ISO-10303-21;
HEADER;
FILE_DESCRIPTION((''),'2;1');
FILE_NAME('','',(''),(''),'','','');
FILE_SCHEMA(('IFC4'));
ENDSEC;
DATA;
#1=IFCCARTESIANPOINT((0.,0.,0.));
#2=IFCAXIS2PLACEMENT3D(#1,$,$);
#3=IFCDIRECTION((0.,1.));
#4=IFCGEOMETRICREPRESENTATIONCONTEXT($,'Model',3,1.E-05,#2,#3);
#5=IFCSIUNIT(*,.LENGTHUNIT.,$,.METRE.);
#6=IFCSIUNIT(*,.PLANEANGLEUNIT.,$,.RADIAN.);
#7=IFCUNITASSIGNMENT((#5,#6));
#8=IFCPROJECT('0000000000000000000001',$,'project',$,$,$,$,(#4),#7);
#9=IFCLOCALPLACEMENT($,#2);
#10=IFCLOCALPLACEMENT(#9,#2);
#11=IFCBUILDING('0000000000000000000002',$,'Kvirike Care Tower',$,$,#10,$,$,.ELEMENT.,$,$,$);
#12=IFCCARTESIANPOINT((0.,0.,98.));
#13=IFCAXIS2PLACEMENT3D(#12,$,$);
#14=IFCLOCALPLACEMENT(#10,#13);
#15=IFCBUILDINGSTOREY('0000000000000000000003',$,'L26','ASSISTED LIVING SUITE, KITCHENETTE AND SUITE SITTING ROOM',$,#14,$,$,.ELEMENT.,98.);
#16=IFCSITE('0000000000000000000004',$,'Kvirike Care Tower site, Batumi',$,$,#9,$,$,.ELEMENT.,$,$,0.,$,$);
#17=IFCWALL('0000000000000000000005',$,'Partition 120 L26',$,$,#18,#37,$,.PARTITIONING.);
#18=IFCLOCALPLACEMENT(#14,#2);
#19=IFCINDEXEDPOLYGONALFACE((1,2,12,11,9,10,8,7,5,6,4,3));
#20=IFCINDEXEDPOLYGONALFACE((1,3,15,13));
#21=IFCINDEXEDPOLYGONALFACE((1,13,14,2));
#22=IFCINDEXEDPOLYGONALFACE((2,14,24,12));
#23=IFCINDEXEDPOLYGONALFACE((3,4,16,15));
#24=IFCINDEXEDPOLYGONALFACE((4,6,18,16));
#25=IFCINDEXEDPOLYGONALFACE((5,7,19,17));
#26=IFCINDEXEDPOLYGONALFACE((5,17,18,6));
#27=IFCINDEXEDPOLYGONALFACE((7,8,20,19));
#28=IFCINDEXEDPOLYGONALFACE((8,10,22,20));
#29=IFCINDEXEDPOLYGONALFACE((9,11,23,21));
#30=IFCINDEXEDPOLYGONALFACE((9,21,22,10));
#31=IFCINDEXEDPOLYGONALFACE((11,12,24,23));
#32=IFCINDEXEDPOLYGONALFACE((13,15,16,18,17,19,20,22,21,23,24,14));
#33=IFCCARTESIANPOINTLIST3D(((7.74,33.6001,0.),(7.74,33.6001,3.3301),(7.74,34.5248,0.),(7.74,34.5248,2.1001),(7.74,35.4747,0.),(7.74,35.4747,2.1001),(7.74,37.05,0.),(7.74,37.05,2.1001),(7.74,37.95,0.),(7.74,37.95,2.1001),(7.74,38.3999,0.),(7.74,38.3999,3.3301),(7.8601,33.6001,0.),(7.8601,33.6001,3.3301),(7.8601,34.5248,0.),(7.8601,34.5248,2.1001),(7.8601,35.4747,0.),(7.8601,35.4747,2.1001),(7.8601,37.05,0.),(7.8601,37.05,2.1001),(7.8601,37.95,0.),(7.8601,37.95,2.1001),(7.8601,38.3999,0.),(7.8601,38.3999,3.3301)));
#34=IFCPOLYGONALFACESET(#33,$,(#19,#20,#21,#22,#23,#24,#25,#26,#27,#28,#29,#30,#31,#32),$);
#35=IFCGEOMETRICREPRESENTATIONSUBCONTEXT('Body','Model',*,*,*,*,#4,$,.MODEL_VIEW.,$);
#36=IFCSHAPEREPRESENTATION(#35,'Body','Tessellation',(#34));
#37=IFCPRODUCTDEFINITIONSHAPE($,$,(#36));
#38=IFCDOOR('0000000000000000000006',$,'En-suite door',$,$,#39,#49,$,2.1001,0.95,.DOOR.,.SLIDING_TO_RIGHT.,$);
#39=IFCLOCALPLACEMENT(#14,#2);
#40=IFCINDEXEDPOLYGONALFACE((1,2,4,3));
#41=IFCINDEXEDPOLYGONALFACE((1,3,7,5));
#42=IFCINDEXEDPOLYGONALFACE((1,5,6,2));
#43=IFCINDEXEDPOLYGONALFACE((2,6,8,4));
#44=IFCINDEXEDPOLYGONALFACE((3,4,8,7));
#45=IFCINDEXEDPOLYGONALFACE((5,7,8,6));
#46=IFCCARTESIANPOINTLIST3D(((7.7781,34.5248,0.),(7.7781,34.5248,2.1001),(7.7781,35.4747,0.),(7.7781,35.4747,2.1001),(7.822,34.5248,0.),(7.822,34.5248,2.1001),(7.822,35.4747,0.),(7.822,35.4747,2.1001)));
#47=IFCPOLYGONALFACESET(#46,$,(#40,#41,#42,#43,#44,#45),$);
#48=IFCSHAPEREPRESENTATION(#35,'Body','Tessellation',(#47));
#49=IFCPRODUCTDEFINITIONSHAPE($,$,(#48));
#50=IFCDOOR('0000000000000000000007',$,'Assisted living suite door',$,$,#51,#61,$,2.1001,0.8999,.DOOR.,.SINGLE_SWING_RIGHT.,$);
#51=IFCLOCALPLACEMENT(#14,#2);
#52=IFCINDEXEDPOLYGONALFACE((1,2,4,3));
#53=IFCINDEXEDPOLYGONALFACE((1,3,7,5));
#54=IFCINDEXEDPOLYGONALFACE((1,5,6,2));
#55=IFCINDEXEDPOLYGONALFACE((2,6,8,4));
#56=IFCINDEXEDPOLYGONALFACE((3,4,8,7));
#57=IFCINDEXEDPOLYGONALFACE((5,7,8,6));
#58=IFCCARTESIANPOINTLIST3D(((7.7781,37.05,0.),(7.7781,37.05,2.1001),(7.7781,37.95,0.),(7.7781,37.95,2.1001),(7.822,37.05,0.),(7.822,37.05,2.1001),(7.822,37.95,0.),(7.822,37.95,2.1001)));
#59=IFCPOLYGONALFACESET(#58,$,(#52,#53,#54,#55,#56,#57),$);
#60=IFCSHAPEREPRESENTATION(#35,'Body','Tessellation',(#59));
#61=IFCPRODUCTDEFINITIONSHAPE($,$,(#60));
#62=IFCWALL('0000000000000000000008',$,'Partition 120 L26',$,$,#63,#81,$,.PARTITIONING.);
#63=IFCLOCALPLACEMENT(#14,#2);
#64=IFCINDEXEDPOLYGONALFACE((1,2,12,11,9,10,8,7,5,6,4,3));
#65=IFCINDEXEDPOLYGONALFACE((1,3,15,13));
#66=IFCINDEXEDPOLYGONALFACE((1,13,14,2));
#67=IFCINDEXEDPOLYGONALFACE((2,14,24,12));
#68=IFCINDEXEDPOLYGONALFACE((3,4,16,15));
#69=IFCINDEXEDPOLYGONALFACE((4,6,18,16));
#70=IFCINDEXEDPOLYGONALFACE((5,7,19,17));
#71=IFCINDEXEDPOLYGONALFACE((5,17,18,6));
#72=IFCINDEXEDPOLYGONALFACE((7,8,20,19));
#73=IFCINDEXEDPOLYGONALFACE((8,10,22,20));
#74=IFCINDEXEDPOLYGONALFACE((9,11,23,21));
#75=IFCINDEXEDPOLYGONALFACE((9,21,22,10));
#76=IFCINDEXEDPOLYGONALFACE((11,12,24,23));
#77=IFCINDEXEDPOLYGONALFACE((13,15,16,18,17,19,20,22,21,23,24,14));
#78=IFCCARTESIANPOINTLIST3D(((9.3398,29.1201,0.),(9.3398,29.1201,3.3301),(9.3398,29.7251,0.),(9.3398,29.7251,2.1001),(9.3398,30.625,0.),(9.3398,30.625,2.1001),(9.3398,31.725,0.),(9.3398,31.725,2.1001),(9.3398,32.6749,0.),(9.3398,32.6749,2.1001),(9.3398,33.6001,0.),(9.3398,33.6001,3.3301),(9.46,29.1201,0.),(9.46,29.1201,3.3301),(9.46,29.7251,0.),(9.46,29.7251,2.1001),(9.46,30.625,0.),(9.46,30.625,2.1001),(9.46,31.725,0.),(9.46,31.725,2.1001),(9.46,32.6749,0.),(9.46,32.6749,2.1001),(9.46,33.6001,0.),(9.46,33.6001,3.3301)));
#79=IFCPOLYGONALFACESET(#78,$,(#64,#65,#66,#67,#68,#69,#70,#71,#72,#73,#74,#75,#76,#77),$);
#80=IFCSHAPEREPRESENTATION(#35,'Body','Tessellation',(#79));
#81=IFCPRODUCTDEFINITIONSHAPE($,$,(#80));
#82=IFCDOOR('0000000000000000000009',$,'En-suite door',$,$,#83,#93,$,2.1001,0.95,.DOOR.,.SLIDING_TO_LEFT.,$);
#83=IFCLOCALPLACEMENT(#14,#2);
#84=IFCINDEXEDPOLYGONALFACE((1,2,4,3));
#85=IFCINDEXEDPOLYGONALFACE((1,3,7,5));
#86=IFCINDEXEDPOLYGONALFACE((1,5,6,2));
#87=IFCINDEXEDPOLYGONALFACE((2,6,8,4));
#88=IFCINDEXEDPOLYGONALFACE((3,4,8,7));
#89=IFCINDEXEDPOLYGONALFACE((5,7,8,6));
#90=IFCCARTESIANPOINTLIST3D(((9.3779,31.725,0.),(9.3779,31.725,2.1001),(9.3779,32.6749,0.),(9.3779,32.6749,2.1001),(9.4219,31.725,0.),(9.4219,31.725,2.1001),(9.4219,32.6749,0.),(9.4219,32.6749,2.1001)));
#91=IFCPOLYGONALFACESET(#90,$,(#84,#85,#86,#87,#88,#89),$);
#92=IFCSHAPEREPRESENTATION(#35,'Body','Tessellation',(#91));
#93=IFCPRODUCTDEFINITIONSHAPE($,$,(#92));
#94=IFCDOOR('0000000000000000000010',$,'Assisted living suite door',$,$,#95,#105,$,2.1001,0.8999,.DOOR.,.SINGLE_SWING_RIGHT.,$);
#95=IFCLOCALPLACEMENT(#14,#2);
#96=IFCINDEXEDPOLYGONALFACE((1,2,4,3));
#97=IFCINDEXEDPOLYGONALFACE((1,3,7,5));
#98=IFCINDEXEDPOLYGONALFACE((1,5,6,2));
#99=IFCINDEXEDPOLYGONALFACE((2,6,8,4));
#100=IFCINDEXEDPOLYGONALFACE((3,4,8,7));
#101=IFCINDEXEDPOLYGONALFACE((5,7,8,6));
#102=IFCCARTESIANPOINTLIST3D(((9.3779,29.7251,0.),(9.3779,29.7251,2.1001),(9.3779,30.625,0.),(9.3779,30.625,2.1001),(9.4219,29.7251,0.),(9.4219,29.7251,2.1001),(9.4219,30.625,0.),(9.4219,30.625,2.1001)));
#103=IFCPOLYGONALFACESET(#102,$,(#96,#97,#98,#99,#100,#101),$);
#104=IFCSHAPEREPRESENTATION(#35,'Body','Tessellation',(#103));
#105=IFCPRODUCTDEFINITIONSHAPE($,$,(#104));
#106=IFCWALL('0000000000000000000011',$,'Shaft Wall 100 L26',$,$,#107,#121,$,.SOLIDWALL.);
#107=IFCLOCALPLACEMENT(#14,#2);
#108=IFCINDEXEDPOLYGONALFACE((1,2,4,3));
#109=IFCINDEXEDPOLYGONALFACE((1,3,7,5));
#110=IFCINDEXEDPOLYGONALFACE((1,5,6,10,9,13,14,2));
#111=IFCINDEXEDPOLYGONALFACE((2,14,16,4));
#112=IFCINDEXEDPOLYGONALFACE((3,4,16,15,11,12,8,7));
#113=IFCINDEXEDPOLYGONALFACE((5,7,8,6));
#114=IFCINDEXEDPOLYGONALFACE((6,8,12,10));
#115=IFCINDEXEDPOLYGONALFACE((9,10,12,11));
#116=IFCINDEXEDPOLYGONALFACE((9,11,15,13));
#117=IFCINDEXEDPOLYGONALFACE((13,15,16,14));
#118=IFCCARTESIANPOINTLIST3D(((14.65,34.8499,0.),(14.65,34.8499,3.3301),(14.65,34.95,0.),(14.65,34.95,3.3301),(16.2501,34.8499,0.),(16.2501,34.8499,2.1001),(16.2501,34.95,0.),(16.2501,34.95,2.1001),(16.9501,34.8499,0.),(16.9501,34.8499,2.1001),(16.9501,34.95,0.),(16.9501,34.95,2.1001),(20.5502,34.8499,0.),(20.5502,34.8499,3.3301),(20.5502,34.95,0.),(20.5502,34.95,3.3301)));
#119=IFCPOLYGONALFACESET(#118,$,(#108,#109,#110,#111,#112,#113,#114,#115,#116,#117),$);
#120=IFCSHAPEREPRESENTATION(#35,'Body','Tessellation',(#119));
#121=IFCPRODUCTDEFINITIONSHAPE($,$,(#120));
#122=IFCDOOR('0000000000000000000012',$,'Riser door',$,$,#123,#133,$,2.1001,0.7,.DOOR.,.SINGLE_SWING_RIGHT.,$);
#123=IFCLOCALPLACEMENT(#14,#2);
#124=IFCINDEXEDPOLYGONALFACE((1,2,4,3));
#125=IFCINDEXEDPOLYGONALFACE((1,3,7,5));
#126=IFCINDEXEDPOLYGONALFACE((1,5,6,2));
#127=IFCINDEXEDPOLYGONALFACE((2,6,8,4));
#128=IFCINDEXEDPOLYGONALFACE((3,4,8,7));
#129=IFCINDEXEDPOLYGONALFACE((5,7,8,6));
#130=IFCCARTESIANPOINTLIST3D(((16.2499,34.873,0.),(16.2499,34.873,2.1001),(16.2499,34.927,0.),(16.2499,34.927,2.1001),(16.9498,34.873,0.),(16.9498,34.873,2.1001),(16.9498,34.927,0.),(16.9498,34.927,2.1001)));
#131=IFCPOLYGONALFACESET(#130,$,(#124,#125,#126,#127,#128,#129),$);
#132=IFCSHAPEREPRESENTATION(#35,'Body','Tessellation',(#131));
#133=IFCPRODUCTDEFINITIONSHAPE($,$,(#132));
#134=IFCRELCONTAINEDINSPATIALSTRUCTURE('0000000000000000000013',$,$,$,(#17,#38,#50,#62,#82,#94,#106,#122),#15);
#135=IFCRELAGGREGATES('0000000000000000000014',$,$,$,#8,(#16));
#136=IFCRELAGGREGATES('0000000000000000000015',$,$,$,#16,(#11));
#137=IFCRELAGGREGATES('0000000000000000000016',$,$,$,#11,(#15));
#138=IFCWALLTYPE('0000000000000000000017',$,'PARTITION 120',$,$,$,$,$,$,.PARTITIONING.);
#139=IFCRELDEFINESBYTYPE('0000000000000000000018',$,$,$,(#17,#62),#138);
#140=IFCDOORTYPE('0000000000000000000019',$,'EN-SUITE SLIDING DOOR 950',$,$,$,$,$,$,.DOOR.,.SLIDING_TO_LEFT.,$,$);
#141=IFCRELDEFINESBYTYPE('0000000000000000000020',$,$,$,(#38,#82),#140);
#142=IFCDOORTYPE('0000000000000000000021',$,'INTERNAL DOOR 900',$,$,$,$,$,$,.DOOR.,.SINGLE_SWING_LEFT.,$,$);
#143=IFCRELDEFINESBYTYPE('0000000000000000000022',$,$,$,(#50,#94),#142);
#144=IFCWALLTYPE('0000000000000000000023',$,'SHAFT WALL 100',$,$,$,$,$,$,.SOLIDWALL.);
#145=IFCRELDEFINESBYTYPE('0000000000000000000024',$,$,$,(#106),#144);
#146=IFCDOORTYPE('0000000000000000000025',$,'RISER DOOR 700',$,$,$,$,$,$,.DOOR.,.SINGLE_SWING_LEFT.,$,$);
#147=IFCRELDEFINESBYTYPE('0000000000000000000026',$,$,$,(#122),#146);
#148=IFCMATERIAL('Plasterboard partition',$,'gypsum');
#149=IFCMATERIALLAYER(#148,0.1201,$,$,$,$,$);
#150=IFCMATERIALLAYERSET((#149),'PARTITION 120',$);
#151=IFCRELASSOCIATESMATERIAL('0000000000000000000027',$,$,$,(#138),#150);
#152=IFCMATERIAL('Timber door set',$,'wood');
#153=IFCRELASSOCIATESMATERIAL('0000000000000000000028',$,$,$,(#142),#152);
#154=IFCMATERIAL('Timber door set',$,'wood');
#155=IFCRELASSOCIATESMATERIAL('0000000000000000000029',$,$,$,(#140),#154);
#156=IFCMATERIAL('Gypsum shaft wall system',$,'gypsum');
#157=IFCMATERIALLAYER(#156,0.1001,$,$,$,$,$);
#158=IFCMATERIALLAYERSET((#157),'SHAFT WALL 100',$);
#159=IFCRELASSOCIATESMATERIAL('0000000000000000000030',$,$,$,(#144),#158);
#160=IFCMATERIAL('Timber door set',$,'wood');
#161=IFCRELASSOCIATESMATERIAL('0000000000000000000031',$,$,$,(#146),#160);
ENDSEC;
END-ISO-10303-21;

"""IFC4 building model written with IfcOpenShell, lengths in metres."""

from ifc_helpers import new_model, si_unit, direction, frame, frame_2d, origin, place, context, subcontext, project, spatial, rectangle, extrude, material, layer, layer_set, type_object, element, fill, save


model = new_model("IFC4")

# Units and contexts
model_context = context("Model", 3, precision=1e-05, world=origin(), true_north=direction((0.0, 1.0)))
body_context = subcontext(model_context, "Body", "Model", "MODEL_VIEW")
ifc_project = project(units=[si_unit("LENGTHUNIT", "METRE"), si_unit("PLANEANGLEUNIT", "RADIAN")], contexts=[model_context])

# Site, building, storey
site_placement = place(None, origin())
site = spatial("IfcSite", under=ifc_project, at=site_placement, Name="Kvirike Care Tower site, Batumi", CompositionType="ELEMENT", RefElevation=0.0)
building_placement = place(site_placement, origin())
building = spatial("IfcBuilding", under=site, at=building_placement, Name="Kvirike Care Tower", CompositionType="ELEMENT")
storey_placement = place(building_placement, frame((0.0, 0.0, 98.0)))
storey = spatial("IfcBuildingStorey", under=building, at=storey_placement, Name="L26", Description="ASSISTED LIVING SUITE, KITCHENETTE AND SUITE SITTING ROOM", CompositionType="ELEMENT", Elevation=98.0)

# Shared definitions
ifc_material_1 = material(Name="Plasterboard partition", Category="gypsum")
ifc_layer_1 = layer(ifc_material_1, 0.1201)
ifc_layer_set_1 = layer_set([ifc_layer_1], Name="PARTITION 120")
wall_type_1 = type_object("IfcWallType", Name="PARTITION 120", PredefinedType="PARTITIONING", material=ifc_layer_set_1)
ifc_material_2 = material(Name="Timber door set", Category="wood")
door_type_1 = type_object("IfcDoorType", Name="INTERNAL DOOR 900", OperationType="SINGLE_SWING_LEFT", PredefinedType="DOOR", material=ifc_material_2)

# Walls, openings, doors
wall_1_placement = place(storey_placement, frame((7.8, 38.3999, 0.0), z_axis=(0.0, 0.0, 1.0), x_axis=(0.0, -1.0, 0.0)))
wall_1 = element("IfcWall", 1, at=wall_1_placement, inside=storey, type_object=wall_type_1, Name="Partition 120 L26", PredefinedType="PARTITIONING", context=body_context, shape_type="SweptSolid", body=[
    extrude(rectangle(XDim=4.7998, YDim=0.1201, at=frame_2d((2.3999, 0.0))), origin(), (0.0, 0.0, 1.0), 3.3301),
])
opening_1_placement = place(wall_1_placement, frame((0.45, 0.0, 0.0)))
opening_1 = element("IfcOpeningElement", 2, at=opening_1_placement, cuts=wall_1, PredefinedType="OPENING", context=body_context, shape_type="SweptSolid", body=[
    extrude(rectangle(XDim=0.8999, YDim=2.1001, at=frame_2d((0.45, 1.05))), frame((0.0, 0.0706, 0.0), z_axis=(0.0, -1.0, 0.0), x_axis=(1.0, 0.0, 0.0)), (0.0, 0.0, 1.0), 0.1411),
])
opening_2_placement = place(wall_1_placement, frame((2.925, 0.0, 0.0)))
opening_2 = element("IfcOpeningElement", 3, at=opening_2_placement, cuts=wall_1, PredefinedType="OPENING", context=body_context, shape_type="SweptSolid", body=[
    extrude(rectangle(XDim=0.95, YDim=2.1001, at=frame_2d((0.4751, 1.05))), frame((0.0, 0.0706, 0.0), z_axis=(0.0, -1.0, 0.0), x_axis=(1.0, 0.0, 0.0)), (0.0, 0.0, 1.0), 0.1411),
])
ifc_material_3 = material(Name="Timber door set", Category="wood")
door_type_2 = type_object("IfcDoorType", Name="EN-SUITE SLIDING DOOR 950", OperationType="SLIDING_TO_LEFT", PredefinedType="DOOR", material=ifc_material_3)
door_1_placement = place(opening_2_placement, origin())
door_1 = element("IfcDoor", 4, at=door_1_placement, inside=storey, type_object=door_type_2, Name="En-suite door", OperationType="SLIDING_TO_RIGHT", OverallHeight=2.1001, OverallWidth=0.95, PredefinedType="DOOR", context=body_context, shape_type="SweptSolid", body=[
    extrude(rectangle(XDim=0.95, YDim=2.1001, at=frame_2d((0.4751, 1.05))), frame((0.0, 0.022, 0.0), z_axis=(0.0, -1.0, 0.0), x_axis=(1.0, 0.0, 0.0)), (0.0, 0.0, 1.0), 0.0439),
])
fill(opening_2, door_1)
door_2_placement = place(opening_1_placement, origin())
door_2 = element("IfcDoor", 5, at=door_2_placement, inside=storey, type_object=door_type_1, Name="Assisted living suite door", OperationType="SINGLE_SWING_RIGHT", OverallHeight=2.1001, OverallWidth=0.8999, PredefinedType="DOOR", context=body_context, shape_type="SweptSolid", body=[
    extrude(rectangle(XDim=0.8999, YDim=2.1001, at=frame_2d((0.45, 1.05))), frame((0.0, 0.022, 0.0), z_axis=(0.0, -1.0, 0.0), x_axis=(1.0, 0.0, 0.0)), (0.0, 0.0, 1.0), 0.0439),
])
fill(opening_1, door_2)
wall_2_placement = place(storey_placement, frame((9.3999, 33.6001, 0.0), z_axis=(0.0, 0.0, 1.0), x_axis=(0.0, -1.0, 0.0)))
wall_2 = element("IfcWall", 6, at=wall_2_placement, inside=storey, type_object=wall_type_1, Name="Partition 120 L26", PredefinedType="PARTITIONING", context=body_context, shape_type="SweptSolid", body=[
    extrude(rectangle(XDim=4.48, YDim=0.1201, at=frame_2d((2.24, 0.0))), origin(), (0.0, 0.0, 1.0), 3.3301),
])
opening_3_placement = place(wall_2_placement, frame((2.9751, 0.0, 0.0)))
opening_3 = element("IfcOpeningElement", 7, at=opening_3_placement, cuts=wall_2, PredefinedType="OPENING", context=body_context, shape_type="SweptSolid", body=[
    extrude(rectangle(XDim=0.8999, YDim=2.1001, at=frame_2d((0.45, 1.05))), frame((0.0, 0.0706, 0.0), z_axis=(0.0, -1.0, 0.0), x_axis=(1.0, 0.0, 0.0)), (0.0, 0.0, 1.0), 0.1411),
])
opening_4_placement = place(wall_2_placement, frame((0.925, 0.0, 0.0)))
opening_4 = element("IfcOpeningElement", 8, at=opening_4_placement, cuts=wall_2, PredefinedType="OPENING", context=body_context, shape_type="SweptSolid", body=[
    extrude(rectangle(XDim=0.95, YDim=2.1001, at=frame_2d((0.4751, 1.05))), frame((0.0, 0.0706, 0.0), z_axis=(0.0, -1.0, 0.0), x_axis=(1.0, 0.0, 0.0)), (0.0, 0.0, 1.0), 0.1411),
])
door_3_placement = place(opening_4_placement, origin())
door_3 = element("IfcDoor", 9, at=door_3_placement, inside=storey, type_object=door_type_2, Name="En-suite door", OperationType="SLIDING_TO_LEFT", OverallHeight=2.1001, OverallWidth=0.95, PredefinedType="DOOR", context=body_context, shape_type="SweptSolid", body=[
    extrude(rectangle(XDim=0.95, YDim=2.1001, at=frame_2d((0.4751, 1.05))), frame((0.0, 0.022, 0.0), z_axis=(0.0, -1.0, 0.0), x_axis=(1.0, 0.0, 0.0)), (0.0, 0.0, 1.0), 0.0439),
])
fill(opening_4, door_3)
door_4_placement = place(opening_3_placement, origin())
door_4 = element("IfcDoor", 10, at=door_4_placement, inside=storey, type_object=door_type_1, Name="Assisted living suite door", OperationType="SINGLE_SWING_RIGHT", OverallHeight=2.1001, OverallWidth=0.8999, PredefinedType="DOOR", context=body_context, shape_type="SweptSolid", body=[
    extrude(rectangle(XDim=0.8999, YDim=2.1001, at=frame_2d((0.45, 1.05))), frame((0.0, 0.022, 0.0), z_axis=(0.0, -1.0, 0.0), x_axis=(1.0, 0.0, 0.0)), (0.0, 0.0, 1.0), 0.0439),
])
fill(opening_3, door_4)

# Wall, opening, door
ifc_material_4 = material(Name="Gypsum shaft wall system", Category="gypsum")
ifc_layer_2 = layer(ifc_material_4, 0.1001)
ifc_layer_set_2 = layer_set([ifc_layer_2], Name="SHAFT WALL 100")
wall_type_2 = type_object("IfcWallType", Name="SHAFT WALL 100", PredefinedType="SOLIDWALL", material=ifc_layer_set_2)
wall_3_placement = place(storey_placement, frame((14.6499, 34.8999, 0.0), z_axis=(0.0, 0.0, 1.0), x_axis=(1.0, 0.0, 0.0)))
wall_3 = element("IfcWall", 11, at=wall_3_placement, inside=storey, type_object=wall_type_2, Name="Shaft Wall 100 L26", PredefinedType="SOLIDWALL", context=body_context, shape_type="SweptSolid", body=[
    extrude(rectangle(XDim=5.9001, YDim=0.1001, at=frame_2d((2.9502, 0.0))), origin(), (0.0, 0.0, 1.0), 3.3301),
])
opening_5_placement = place(wall_3_placement, frame((1.6001, 0.0, 0.0)))
opening_5 = element("IfcOpeningElement", 12, at=opening_5_placement, cuts=wall_3, PredefinedType="OPENING", context=body_context, shape_type="SweptSolid", body=[
    extrude(rectangle(XDim=0.7, YDim=2.1001, at=frame_2d((0.3501, 1.05))), frame((0.0, 0.0605, 0.0), z_axis=(0.0, -1.0, 0.0), x_axis=(1.0, 0.0, 0.0)), (0.0, 0.0, 1.0), 0.1211),
])
ifc_material_5 = material(Name="Timber door set", Category="wood")
door_type_3 = type_object("IfcDoorType", Name="RISER DOOR 700", OperationType="SINGLE_SWING_LEFT", PredefinedType="DOOR", material=ifc_material_5)
door_5_placement = place(opening_5_placement, frame((0.7, 0.0, 0.0), z_axis=(0.0, 0.0, 1.0), x_axis=(-1.0, 0.0, 0.0)))
door_5 = element("IfcDoor", 13, at=door_5_placement, inside=storey, type_object=door_type_3, Name="Riser door", OperationType="SINGLE_SWING_RIGHT", OverallHeight=2.1001, OverallWidth=0.7, PredefinedType="DOOR", context=body_context, shape_type="SweptSolid", body=[
    extrude(rectangle(XDim=0.7, YDim=2.1001, at=frame_2d((0.3501, 1.05))), frame((0.0, 0.0269, 0.0), z_axis=(0.0, -1.0, 0.0), x_axis=(1.0, 0.0, 0.0)), (0.0, 0.0, 1.0), 0.054),
])
fill(opening_5, door_5)

save(model, "model.ifc")
